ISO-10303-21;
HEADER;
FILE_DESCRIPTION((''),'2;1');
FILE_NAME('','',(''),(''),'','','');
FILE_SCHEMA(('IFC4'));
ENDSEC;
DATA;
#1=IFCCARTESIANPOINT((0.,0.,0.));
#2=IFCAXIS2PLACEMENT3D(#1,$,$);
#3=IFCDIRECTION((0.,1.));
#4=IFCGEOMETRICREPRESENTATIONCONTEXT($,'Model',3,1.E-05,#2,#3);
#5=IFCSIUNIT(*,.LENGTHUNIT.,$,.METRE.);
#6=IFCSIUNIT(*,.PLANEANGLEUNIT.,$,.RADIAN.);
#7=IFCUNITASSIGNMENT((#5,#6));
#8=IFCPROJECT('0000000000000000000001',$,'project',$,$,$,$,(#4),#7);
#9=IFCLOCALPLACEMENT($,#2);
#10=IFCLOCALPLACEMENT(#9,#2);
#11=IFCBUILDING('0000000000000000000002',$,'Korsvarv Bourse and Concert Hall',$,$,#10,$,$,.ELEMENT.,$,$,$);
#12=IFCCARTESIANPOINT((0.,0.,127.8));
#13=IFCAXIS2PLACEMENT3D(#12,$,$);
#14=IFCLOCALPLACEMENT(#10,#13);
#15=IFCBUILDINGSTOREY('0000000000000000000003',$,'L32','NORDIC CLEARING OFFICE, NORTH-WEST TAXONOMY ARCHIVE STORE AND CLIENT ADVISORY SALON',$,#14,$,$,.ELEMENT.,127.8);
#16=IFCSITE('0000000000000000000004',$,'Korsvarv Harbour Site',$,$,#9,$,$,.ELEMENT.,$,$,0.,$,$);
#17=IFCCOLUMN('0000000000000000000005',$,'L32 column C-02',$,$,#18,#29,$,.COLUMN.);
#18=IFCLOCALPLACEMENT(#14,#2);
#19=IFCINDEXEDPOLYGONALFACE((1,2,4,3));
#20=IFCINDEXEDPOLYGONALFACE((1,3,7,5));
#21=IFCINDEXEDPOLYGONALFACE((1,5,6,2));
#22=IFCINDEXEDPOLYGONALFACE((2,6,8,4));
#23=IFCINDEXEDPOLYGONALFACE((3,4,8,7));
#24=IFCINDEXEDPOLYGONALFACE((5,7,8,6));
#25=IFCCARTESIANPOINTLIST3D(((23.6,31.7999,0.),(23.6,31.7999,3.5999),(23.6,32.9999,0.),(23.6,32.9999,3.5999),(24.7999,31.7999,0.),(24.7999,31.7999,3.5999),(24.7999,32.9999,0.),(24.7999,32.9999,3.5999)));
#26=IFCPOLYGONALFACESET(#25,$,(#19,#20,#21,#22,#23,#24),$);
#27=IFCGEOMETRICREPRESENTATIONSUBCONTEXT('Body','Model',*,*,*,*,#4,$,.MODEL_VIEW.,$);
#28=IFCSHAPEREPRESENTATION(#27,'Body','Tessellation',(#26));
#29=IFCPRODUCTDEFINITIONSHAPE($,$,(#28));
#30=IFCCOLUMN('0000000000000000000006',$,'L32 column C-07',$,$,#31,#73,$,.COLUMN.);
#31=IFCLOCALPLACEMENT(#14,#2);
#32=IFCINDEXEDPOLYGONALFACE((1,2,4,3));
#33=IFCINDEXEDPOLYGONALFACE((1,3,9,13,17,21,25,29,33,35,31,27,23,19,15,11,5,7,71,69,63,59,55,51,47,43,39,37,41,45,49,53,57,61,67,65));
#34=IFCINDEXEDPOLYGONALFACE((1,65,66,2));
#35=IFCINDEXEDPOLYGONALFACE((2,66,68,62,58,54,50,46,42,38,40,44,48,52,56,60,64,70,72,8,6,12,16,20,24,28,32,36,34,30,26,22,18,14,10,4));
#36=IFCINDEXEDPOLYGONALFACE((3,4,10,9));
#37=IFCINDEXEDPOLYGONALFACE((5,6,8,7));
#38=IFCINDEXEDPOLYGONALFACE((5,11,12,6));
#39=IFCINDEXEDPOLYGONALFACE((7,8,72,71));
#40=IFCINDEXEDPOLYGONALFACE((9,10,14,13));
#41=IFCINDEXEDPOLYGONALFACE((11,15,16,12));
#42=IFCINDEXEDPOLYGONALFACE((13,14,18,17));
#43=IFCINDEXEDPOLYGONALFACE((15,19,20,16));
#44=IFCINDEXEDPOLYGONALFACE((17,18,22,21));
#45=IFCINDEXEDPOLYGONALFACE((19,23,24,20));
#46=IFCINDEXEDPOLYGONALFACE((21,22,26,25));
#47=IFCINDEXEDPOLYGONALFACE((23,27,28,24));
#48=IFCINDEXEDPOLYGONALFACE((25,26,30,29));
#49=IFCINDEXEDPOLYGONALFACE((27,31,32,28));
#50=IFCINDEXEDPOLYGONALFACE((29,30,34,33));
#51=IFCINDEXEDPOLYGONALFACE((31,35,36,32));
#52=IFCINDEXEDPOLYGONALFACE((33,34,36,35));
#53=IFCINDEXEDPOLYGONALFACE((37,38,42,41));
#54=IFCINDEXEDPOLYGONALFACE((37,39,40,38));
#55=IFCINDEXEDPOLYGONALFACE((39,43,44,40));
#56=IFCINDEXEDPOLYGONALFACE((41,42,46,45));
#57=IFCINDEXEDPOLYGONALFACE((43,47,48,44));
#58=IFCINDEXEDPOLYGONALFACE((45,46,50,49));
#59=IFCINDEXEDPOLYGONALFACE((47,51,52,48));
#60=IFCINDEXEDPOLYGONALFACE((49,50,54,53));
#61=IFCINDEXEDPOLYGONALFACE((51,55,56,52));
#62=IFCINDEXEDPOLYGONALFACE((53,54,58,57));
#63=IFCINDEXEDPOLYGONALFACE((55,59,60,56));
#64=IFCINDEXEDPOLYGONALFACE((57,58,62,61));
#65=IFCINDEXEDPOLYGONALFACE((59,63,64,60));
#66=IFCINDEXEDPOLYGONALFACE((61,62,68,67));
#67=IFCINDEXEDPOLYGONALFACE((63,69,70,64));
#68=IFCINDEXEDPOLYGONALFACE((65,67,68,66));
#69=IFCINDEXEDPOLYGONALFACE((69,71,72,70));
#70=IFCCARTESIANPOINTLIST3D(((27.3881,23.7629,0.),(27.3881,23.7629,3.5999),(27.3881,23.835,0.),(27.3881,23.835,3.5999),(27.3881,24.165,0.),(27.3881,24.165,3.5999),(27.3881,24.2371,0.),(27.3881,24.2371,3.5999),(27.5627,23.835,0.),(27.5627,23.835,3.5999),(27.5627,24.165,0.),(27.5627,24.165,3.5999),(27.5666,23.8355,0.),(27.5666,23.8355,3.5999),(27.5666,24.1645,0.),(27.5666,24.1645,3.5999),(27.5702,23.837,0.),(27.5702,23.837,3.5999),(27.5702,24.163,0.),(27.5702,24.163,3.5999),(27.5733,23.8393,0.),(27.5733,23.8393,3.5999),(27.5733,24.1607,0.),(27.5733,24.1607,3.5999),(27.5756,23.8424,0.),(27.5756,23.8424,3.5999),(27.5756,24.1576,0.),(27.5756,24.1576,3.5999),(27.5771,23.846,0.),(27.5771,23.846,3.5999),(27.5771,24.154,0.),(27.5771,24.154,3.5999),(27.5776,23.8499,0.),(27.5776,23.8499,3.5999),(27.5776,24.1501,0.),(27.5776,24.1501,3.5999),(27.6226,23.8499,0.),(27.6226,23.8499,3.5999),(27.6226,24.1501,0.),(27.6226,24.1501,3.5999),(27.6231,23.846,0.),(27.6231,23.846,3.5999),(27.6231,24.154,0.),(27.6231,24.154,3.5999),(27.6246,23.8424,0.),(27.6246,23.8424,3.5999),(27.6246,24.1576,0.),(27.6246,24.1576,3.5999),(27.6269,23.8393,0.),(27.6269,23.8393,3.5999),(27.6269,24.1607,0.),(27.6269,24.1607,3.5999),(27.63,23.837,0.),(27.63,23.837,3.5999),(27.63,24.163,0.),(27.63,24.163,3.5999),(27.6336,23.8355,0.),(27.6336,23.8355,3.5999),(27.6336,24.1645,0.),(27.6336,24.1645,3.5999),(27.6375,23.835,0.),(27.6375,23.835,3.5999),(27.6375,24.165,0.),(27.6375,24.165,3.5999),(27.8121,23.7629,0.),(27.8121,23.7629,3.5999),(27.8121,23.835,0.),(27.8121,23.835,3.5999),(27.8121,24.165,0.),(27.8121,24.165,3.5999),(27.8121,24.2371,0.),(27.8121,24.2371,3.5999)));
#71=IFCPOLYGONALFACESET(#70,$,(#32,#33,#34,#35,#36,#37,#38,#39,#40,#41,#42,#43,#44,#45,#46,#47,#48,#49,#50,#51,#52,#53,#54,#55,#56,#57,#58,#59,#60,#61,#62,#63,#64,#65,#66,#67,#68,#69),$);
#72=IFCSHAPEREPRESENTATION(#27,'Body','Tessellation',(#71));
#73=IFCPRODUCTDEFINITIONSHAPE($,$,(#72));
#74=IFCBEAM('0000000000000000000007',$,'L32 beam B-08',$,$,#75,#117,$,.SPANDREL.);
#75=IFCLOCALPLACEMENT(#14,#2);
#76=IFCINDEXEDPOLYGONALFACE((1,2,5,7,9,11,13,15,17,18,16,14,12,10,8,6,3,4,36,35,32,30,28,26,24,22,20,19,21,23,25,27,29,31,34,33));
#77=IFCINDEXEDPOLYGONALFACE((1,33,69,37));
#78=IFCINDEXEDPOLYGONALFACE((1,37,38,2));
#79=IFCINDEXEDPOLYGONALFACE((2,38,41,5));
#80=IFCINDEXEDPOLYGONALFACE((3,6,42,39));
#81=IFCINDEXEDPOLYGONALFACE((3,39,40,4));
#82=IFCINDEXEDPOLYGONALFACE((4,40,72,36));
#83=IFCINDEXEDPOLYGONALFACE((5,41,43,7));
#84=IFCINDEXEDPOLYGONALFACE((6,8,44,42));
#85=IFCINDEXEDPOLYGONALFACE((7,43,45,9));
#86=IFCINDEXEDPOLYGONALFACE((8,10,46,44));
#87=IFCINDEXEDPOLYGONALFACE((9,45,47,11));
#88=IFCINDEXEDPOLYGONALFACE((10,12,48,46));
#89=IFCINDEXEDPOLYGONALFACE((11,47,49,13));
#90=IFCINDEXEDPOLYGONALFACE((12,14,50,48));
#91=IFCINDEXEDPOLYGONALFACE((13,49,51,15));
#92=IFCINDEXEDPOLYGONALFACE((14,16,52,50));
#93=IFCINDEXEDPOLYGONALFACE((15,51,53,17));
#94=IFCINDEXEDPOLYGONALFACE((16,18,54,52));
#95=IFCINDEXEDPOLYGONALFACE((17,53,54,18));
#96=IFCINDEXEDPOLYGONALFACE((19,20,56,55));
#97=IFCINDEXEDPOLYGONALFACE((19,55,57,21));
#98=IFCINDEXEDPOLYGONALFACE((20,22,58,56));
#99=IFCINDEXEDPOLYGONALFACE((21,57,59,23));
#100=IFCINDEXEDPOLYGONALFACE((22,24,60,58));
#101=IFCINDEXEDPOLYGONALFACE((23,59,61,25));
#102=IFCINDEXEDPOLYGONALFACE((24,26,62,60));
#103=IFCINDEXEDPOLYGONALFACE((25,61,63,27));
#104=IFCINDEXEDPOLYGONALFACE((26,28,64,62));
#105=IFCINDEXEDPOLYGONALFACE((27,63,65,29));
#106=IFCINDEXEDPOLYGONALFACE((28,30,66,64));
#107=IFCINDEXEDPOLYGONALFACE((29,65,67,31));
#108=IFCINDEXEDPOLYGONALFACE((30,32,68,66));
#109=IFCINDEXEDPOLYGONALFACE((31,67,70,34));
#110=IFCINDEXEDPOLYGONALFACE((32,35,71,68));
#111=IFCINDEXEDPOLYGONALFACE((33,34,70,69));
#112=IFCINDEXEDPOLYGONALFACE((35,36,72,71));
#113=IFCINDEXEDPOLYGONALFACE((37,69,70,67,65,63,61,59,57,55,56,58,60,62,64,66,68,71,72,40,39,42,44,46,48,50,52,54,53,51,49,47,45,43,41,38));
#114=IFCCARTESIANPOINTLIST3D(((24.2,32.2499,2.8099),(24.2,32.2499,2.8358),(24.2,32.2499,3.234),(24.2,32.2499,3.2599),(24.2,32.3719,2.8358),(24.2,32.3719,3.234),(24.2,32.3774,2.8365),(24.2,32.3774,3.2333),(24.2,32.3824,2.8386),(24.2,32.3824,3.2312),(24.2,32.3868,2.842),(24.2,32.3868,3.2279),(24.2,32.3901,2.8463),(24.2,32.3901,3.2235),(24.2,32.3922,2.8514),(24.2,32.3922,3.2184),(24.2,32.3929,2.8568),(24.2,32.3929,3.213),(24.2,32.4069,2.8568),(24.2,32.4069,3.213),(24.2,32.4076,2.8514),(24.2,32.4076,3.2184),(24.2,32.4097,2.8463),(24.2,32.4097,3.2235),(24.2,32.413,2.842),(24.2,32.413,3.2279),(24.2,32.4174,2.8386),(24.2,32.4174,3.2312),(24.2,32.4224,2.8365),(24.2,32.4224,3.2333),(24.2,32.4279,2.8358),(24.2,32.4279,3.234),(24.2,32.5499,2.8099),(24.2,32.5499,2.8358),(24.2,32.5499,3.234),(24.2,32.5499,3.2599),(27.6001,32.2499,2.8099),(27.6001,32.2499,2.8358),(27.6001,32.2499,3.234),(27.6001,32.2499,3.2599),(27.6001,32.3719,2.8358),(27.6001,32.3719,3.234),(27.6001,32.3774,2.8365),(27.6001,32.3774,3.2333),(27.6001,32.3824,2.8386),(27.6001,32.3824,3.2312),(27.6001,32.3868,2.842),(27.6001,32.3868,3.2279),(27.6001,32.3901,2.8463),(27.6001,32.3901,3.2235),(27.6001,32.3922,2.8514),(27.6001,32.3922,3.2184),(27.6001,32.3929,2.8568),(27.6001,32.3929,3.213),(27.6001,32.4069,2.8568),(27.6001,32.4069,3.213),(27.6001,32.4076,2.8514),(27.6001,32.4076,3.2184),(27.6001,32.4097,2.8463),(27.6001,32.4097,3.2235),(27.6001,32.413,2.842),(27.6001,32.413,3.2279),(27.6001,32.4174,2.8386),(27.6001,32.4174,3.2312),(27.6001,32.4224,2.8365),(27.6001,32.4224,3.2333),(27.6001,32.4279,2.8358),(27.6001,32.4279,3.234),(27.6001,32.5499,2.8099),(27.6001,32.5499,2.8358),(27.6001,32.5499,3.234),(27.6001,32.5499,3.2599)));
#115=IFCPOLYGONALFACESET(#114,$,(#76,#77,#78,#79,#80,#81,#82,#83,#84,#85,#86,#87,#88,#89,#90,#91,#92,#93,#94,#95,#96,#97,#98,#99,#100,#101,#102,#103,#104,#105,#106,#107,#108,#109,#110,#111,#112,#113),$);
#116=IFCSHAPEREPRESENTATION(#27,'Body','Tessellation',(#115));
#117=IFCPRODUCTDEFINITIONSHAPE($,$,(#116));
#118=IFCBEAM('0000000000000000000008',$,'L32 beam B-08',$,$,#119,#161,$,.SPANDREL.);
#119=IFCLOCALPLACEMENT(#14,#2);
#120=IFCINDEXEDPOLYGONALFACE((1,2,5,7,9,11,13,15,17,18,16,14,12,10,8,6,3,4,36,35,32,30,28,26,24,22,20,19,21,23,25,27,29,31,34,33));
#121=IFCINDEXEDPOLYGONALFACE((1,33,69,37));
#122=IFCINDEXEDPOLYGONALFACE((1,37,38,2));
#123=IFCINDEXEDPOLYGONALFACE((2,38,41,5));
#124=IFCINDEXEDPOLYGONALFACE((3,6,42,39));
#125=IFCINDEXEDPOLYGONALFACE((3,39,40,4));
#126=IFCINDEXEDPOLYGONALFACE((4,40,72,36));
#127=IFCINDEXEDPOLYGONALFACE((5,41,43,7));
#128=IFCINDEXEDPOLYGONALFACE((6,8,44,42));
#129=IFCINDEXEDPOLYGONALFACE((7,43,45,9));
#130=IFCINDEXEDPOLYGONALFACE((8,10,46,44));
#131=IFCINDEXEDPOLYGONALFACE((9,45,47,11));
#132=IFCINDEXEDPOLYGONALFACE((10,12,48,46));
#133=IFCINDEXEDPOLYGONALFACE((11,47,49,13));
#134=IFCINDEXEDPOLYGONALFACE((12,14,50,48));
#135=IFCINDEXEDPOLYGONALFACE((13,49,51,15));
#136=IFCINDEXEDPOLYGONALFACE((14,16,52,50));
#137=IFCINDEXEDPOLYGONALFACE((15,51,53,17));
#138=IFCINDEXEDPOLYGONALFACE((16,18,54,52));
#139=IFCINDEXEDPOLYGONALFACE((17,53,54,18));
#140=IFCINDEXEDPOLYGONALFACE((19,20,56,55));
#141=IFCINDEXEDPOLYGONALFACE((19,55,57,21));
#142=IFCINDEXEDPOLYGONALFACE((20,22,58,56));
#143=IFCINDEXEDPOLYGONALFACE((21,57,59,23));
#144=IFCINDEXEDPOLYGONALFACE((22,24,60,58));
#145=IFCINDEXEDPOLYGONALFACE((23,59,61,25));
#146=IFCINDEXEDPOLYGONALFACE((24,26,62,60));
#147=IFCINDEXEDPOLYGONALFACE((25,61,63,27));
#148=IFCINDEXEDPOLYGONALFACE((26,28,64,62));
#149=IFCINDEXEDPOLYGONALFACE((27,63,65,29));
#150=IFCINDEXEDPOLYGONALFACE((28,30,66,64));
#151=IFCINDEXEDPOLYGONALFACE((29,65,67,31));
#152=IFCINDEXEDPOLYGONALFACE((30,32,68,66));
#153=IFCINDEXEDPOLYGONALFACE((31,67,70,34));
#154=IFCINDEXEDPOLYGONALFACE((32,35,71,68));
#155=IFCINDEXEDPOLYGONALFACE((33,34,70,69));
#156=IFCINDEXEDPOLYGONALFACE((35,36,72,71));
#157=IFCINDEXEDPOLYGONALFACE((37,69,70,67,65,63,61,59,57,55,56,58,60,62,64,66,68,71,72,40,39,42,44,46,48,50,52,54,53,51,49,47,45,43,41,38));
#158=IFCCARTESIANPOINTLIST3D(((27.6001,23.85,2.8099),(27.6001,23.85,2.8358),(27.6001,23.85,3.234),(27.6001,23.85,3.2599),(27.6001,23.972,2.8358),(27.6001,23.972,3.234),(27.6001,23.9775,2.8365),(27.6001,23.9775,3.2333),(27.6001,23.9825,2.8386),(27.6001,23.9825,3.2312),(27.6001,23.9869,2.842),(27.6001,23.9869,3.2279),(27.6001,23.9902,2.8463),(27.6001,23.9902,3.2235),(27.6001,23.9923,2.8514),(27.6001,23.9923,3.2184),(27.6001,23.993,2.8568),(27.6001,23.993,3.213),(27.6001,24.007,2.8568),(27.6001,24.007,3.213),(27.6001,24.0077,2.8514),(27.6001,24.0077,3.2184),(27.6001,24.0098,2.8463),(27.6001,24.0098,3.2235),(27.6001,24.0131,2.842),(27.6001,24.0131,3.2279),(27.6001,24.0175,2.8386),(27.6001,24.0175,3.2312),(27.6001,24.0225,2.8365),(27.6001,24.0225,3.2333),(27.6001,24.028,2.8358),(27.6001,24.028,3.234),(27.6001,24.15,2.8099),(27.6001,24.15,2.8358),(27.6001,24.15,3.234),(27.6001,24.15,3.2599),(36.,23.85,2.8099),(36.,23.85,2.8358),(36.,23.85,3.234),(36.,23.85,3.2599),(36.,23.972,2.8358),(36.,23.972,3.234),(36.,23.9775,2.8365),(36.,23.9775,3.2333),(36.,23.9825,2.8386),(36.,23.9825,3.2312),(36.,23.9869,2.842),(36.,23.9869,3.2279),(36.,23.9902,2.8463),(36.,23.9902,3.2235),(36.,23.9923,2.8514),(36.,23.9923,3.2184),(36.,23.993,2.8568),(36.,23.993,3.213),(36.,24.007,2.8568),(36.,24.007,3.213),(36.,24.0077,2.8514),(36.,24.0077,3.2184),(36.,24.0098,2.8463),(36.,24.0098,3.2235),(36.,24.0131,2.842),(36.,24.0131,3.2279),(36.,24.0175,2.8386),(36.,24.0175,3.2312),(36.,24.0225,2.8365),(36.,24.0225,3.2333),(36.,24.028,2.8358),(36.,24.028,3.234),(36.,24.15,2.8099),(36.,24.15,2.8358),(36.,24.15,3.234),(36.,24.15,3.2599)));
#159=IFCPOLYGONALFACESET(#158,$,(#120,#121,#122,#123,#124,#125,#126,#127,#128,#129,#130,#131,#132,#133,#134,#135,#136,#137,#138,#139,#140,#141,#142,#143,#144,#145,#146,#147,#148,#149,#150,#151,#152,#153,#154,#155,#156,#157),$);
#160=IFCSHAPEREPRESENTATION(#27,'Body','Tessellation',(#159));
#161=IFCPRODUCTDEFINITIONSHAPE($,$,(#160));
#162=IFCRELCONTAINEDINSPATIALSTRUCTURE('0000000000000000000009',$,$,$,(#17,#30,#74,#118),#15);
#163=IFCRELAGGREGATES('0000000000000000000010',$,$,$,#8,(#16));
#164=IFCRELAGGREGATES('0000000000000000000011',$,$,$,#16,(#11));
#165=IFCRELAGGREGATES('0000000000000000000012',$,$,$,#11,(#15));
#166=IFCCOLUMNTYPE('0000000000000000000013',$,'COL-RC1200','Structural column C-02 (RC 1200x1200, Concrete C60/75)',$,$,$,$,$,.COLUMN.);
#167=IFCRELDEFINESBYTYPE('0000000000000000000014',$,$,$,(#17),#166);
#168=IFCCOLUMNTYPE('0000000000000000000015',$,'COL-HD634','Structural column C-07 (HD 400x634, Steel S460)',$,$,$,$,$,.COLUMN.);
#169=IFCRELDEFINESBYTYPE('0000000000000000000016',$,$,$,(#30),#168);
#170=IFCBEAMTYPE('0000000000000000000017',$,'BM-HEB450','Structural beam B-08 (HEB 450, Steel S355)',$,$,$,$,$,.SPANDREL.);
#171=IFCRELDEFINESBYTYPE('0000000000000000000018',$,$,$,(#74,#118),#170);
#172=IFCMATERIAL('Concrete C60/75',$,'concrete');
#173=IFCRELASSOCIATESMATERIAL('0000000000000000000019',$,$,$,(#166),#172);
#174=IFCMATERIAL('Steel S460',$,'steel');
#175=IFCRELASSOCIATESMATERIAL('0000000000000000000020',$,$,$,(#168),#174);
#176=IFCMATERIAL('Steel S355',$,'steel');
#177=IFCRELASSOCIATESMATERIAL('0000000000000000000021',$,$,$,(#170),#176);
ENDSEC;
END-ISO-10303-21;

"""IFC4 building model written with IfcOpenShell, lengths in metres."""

from ifc_helpers import new_model, si_unit, direction, frame, origin, origin_2d, place, context, subcontext, project, spatial, rectangle, i_section, extrude, source, transform, mapped, material, material_profile, profile_set, type_object, element, save


model = new_model("IFC4")

# Units and contexts
model_context = context("Model", 3, precision=1e-05, world=origin(), true_north=direction((0.0, 1.0)))
body_context = subcontext(model_context, "Body", "Model", "MODEL_VIEW")
ifc_project = project(units=[si_unit("LENGTHUNIT", "METRE"), si_unit("PLANEANGLEUNIT", "RADIAN")], contexts=[model_context])

# Site, building, storey
site_placement = place(None, origin())
site = spatial("IfcSite", under=ifc_project, at=site_placement, Name="Korsvarv Harbour Site", CompositionType="ELEMENT", RefElevation=0.0)
building_placement = place(site_placement, origin())
building = spatial("IfcBuilding", under=site, at=building_placement, Name="Korsvarv Bourse and Concert Hall", CompositionType="ELEMENT")
storey_placement = place(building_placement, frame((0.0, 0.0, 127.8)))
storey = spatial("IfcBuildingStorey", under=building, at=storey_placement, Name="L32", Description="NORDIC CLEARING OFFICE, NORTH-WEST TAXONOMY ARCHIVE STORE AND CLIENT ADVISORY SALON", CompositionType="ELEMENT", Elevation=127.8)

# Columns
ifc_material_1 = material(Name="Concrete C60/75", Category="concrete")
ifc_material_profile_1 = material_profile(ifc_material_1, rectangle(XDim=1.2, YDim=1.2, at=origin_2d()), Name="RC 1200x1200")
ifc_profile_set_1 = profile_set([ifc_material_profile_1], Name="Concrete C60/75")
column_type_1 = type_object("IfcColumnType", Name="COL-RC1200", Description="Structural column C-02 (RC 1200x1200, Concrete C60/75)", PredefinedType="COLUMN", material=ifc_profile_set_1)
shared_shape_1 = source(origin(), body_context, "Body", "SweptSolid", [
    extrude(rectangle(XDim=1.2, YDim=1.2, at=origin_2d()), origin(), (0.0, 0.0, 1.0), 3.5999),
])
column_1_placement = place(storey_placement, frame((24.2, 32.3999, 0.0), z_axis=(0.0, 0.0, 1.0), x_axis=(1.0, 0.0, 0.0)))
element("IfcColumn", 1, at=column_1_placement, inside=storey, type_object=column_type_1, Name="L32 column C-02", PredefinedType="COLUMN", context=body_context, shape_type="MappedRepresentation", body=[
    mapped(shared_shape_1, transform((0.0, 0.0, 0.0), scale=1.0)),
])
ifc_material_2 = material(Name="Steel S460", Category="steel")
ifc_material_profile_2 = material_profile(ifc_material_2, i_section(OverallWidth=0.4241, OverallDepth=0.4741, WebThickness=0.0449, FlangeThickness=0.072, FilletRadius=0.0149, at=origin_2d()), Name="HD 400x634")
ifc_profile_set_2 = profile_set([ifc_material_profile_2], Name="Steel S460")
column_type_2 = type_object("IfcColumnType", Name="COL-HD634", Description="Structural column C-07 (HD 400x634, Steel S460)", PredefinedType="COLUMN", material=ifc_profile_set_2)
shared_shape_2 = source(origin(), body_context, "Body", "SweptSolid", [
    extrude(i_section(OverallWidth=0.4241, OverallDepth=0.4741, WebThickness=0.0449, FlangeThickness=0.072, FilletRadius=0.0149, at=origin_2d()), origin(), (0.0, 0.0, 1.0), 3.5999),
])
column_2_placement = place(storey_placement, frame((27.6001, 24.0, 0.0), z_axis=(0.0, 0.0, 1.0), x_axis=(1.0, 0.0, 0.0)))
element("IfcColumn", 2, at=column_2_placement, inside=storey, type_object=column_type_2, Name="L32 column C-07", PredefinedType="COLUMN", context=body_context, shape_type="MappedRepresentation", body=[
    mapped(shared_shape_2, transform((0.0, 0.0, 0.0), scale=1.0)),
])

# Beams
ifc_material_3 = material(Name="Steel S355", Category="steel")
ifc_material_profile_3 = material_profile(ifc_material_3, i_section(OverallWidth=0.3, OverallDepth=0.45, WebThickness=0.0139, FlangeThickness=0.0259, FilletRadius=0.021, at=origin_2d()), Name="HEB 450")
ifc_profile_set_3 = profile_set([ifc_material_profile_3], Name="Steel S355")
beam_type = type_object("IfcBeamType", Name="BM-HEB450", Description="Structural beam B-08 (HEB 450, Steel S355)", PredefinedType="SPANDREL", material=ifc_profile_set_3)
shared_shape_3 = source(origin(), body_context, "Body", "SweptSolid", [
    extrude(i_section(OverallWidth=0.3, OverallDepth=0.45, WebThickness=0.0139, FlangeThickness=0.0259, FilletRadius=0.021, at=origin_2d()), origin(), (0.0, 0.0, 1.0), 3.4001),
])
beam_placement = place(storey_placement, frame((24.2, 32.3999, 3.0349), z_axis=(1.0, 0.0, 0.0), x_axis=(0.0, 1.0, 0.0)))
element("IfcBeam", 3, at=beam_placement, inside=storey, type_object=beam_type, Name="L32 beam B-08", PredefinedType="SPANDREL", context=body_context, shape_type="MappedRepresentation", body=[
    mapped(shared_shape_3, transform((0.0, 0.0, 0.0), scale=1.0)),
])
shared_shape_4 = source(origin(), body_context, "Body", "SweptSolid", [
    extrude(i_section(OverallWidth=0.3, OverallDepth=0.45, WebThickness=0.0139, FlangeThickness=0.0259, FilletRadius=0.021, at=origin_2d()), origin(), (0.0, 0.0, 1.0), 8.3999),
])
for number, where, z_axis, x_axis, name in (
    (4, (27.6001, 24.0, 3.0349), (1.0, 0.0, 0.0), (0.0, 1.0, 0.0), "L32 beam B-08"),
):
    element("IfcBeam", number, at=place(storey_placement, frame(where, z_axis=z_axis, x_axis=x_axis)), inside=storey, type_object=beam_type, Name=name, PredefinedType="SPANDREL", context=body_context, shape_type="MappedRepresentation", body=[
        mapped(shared_shape_4, transform((0.0, 0.0, 0.0), scale=1.0)),
    ])

save(model, "model.ifc")
